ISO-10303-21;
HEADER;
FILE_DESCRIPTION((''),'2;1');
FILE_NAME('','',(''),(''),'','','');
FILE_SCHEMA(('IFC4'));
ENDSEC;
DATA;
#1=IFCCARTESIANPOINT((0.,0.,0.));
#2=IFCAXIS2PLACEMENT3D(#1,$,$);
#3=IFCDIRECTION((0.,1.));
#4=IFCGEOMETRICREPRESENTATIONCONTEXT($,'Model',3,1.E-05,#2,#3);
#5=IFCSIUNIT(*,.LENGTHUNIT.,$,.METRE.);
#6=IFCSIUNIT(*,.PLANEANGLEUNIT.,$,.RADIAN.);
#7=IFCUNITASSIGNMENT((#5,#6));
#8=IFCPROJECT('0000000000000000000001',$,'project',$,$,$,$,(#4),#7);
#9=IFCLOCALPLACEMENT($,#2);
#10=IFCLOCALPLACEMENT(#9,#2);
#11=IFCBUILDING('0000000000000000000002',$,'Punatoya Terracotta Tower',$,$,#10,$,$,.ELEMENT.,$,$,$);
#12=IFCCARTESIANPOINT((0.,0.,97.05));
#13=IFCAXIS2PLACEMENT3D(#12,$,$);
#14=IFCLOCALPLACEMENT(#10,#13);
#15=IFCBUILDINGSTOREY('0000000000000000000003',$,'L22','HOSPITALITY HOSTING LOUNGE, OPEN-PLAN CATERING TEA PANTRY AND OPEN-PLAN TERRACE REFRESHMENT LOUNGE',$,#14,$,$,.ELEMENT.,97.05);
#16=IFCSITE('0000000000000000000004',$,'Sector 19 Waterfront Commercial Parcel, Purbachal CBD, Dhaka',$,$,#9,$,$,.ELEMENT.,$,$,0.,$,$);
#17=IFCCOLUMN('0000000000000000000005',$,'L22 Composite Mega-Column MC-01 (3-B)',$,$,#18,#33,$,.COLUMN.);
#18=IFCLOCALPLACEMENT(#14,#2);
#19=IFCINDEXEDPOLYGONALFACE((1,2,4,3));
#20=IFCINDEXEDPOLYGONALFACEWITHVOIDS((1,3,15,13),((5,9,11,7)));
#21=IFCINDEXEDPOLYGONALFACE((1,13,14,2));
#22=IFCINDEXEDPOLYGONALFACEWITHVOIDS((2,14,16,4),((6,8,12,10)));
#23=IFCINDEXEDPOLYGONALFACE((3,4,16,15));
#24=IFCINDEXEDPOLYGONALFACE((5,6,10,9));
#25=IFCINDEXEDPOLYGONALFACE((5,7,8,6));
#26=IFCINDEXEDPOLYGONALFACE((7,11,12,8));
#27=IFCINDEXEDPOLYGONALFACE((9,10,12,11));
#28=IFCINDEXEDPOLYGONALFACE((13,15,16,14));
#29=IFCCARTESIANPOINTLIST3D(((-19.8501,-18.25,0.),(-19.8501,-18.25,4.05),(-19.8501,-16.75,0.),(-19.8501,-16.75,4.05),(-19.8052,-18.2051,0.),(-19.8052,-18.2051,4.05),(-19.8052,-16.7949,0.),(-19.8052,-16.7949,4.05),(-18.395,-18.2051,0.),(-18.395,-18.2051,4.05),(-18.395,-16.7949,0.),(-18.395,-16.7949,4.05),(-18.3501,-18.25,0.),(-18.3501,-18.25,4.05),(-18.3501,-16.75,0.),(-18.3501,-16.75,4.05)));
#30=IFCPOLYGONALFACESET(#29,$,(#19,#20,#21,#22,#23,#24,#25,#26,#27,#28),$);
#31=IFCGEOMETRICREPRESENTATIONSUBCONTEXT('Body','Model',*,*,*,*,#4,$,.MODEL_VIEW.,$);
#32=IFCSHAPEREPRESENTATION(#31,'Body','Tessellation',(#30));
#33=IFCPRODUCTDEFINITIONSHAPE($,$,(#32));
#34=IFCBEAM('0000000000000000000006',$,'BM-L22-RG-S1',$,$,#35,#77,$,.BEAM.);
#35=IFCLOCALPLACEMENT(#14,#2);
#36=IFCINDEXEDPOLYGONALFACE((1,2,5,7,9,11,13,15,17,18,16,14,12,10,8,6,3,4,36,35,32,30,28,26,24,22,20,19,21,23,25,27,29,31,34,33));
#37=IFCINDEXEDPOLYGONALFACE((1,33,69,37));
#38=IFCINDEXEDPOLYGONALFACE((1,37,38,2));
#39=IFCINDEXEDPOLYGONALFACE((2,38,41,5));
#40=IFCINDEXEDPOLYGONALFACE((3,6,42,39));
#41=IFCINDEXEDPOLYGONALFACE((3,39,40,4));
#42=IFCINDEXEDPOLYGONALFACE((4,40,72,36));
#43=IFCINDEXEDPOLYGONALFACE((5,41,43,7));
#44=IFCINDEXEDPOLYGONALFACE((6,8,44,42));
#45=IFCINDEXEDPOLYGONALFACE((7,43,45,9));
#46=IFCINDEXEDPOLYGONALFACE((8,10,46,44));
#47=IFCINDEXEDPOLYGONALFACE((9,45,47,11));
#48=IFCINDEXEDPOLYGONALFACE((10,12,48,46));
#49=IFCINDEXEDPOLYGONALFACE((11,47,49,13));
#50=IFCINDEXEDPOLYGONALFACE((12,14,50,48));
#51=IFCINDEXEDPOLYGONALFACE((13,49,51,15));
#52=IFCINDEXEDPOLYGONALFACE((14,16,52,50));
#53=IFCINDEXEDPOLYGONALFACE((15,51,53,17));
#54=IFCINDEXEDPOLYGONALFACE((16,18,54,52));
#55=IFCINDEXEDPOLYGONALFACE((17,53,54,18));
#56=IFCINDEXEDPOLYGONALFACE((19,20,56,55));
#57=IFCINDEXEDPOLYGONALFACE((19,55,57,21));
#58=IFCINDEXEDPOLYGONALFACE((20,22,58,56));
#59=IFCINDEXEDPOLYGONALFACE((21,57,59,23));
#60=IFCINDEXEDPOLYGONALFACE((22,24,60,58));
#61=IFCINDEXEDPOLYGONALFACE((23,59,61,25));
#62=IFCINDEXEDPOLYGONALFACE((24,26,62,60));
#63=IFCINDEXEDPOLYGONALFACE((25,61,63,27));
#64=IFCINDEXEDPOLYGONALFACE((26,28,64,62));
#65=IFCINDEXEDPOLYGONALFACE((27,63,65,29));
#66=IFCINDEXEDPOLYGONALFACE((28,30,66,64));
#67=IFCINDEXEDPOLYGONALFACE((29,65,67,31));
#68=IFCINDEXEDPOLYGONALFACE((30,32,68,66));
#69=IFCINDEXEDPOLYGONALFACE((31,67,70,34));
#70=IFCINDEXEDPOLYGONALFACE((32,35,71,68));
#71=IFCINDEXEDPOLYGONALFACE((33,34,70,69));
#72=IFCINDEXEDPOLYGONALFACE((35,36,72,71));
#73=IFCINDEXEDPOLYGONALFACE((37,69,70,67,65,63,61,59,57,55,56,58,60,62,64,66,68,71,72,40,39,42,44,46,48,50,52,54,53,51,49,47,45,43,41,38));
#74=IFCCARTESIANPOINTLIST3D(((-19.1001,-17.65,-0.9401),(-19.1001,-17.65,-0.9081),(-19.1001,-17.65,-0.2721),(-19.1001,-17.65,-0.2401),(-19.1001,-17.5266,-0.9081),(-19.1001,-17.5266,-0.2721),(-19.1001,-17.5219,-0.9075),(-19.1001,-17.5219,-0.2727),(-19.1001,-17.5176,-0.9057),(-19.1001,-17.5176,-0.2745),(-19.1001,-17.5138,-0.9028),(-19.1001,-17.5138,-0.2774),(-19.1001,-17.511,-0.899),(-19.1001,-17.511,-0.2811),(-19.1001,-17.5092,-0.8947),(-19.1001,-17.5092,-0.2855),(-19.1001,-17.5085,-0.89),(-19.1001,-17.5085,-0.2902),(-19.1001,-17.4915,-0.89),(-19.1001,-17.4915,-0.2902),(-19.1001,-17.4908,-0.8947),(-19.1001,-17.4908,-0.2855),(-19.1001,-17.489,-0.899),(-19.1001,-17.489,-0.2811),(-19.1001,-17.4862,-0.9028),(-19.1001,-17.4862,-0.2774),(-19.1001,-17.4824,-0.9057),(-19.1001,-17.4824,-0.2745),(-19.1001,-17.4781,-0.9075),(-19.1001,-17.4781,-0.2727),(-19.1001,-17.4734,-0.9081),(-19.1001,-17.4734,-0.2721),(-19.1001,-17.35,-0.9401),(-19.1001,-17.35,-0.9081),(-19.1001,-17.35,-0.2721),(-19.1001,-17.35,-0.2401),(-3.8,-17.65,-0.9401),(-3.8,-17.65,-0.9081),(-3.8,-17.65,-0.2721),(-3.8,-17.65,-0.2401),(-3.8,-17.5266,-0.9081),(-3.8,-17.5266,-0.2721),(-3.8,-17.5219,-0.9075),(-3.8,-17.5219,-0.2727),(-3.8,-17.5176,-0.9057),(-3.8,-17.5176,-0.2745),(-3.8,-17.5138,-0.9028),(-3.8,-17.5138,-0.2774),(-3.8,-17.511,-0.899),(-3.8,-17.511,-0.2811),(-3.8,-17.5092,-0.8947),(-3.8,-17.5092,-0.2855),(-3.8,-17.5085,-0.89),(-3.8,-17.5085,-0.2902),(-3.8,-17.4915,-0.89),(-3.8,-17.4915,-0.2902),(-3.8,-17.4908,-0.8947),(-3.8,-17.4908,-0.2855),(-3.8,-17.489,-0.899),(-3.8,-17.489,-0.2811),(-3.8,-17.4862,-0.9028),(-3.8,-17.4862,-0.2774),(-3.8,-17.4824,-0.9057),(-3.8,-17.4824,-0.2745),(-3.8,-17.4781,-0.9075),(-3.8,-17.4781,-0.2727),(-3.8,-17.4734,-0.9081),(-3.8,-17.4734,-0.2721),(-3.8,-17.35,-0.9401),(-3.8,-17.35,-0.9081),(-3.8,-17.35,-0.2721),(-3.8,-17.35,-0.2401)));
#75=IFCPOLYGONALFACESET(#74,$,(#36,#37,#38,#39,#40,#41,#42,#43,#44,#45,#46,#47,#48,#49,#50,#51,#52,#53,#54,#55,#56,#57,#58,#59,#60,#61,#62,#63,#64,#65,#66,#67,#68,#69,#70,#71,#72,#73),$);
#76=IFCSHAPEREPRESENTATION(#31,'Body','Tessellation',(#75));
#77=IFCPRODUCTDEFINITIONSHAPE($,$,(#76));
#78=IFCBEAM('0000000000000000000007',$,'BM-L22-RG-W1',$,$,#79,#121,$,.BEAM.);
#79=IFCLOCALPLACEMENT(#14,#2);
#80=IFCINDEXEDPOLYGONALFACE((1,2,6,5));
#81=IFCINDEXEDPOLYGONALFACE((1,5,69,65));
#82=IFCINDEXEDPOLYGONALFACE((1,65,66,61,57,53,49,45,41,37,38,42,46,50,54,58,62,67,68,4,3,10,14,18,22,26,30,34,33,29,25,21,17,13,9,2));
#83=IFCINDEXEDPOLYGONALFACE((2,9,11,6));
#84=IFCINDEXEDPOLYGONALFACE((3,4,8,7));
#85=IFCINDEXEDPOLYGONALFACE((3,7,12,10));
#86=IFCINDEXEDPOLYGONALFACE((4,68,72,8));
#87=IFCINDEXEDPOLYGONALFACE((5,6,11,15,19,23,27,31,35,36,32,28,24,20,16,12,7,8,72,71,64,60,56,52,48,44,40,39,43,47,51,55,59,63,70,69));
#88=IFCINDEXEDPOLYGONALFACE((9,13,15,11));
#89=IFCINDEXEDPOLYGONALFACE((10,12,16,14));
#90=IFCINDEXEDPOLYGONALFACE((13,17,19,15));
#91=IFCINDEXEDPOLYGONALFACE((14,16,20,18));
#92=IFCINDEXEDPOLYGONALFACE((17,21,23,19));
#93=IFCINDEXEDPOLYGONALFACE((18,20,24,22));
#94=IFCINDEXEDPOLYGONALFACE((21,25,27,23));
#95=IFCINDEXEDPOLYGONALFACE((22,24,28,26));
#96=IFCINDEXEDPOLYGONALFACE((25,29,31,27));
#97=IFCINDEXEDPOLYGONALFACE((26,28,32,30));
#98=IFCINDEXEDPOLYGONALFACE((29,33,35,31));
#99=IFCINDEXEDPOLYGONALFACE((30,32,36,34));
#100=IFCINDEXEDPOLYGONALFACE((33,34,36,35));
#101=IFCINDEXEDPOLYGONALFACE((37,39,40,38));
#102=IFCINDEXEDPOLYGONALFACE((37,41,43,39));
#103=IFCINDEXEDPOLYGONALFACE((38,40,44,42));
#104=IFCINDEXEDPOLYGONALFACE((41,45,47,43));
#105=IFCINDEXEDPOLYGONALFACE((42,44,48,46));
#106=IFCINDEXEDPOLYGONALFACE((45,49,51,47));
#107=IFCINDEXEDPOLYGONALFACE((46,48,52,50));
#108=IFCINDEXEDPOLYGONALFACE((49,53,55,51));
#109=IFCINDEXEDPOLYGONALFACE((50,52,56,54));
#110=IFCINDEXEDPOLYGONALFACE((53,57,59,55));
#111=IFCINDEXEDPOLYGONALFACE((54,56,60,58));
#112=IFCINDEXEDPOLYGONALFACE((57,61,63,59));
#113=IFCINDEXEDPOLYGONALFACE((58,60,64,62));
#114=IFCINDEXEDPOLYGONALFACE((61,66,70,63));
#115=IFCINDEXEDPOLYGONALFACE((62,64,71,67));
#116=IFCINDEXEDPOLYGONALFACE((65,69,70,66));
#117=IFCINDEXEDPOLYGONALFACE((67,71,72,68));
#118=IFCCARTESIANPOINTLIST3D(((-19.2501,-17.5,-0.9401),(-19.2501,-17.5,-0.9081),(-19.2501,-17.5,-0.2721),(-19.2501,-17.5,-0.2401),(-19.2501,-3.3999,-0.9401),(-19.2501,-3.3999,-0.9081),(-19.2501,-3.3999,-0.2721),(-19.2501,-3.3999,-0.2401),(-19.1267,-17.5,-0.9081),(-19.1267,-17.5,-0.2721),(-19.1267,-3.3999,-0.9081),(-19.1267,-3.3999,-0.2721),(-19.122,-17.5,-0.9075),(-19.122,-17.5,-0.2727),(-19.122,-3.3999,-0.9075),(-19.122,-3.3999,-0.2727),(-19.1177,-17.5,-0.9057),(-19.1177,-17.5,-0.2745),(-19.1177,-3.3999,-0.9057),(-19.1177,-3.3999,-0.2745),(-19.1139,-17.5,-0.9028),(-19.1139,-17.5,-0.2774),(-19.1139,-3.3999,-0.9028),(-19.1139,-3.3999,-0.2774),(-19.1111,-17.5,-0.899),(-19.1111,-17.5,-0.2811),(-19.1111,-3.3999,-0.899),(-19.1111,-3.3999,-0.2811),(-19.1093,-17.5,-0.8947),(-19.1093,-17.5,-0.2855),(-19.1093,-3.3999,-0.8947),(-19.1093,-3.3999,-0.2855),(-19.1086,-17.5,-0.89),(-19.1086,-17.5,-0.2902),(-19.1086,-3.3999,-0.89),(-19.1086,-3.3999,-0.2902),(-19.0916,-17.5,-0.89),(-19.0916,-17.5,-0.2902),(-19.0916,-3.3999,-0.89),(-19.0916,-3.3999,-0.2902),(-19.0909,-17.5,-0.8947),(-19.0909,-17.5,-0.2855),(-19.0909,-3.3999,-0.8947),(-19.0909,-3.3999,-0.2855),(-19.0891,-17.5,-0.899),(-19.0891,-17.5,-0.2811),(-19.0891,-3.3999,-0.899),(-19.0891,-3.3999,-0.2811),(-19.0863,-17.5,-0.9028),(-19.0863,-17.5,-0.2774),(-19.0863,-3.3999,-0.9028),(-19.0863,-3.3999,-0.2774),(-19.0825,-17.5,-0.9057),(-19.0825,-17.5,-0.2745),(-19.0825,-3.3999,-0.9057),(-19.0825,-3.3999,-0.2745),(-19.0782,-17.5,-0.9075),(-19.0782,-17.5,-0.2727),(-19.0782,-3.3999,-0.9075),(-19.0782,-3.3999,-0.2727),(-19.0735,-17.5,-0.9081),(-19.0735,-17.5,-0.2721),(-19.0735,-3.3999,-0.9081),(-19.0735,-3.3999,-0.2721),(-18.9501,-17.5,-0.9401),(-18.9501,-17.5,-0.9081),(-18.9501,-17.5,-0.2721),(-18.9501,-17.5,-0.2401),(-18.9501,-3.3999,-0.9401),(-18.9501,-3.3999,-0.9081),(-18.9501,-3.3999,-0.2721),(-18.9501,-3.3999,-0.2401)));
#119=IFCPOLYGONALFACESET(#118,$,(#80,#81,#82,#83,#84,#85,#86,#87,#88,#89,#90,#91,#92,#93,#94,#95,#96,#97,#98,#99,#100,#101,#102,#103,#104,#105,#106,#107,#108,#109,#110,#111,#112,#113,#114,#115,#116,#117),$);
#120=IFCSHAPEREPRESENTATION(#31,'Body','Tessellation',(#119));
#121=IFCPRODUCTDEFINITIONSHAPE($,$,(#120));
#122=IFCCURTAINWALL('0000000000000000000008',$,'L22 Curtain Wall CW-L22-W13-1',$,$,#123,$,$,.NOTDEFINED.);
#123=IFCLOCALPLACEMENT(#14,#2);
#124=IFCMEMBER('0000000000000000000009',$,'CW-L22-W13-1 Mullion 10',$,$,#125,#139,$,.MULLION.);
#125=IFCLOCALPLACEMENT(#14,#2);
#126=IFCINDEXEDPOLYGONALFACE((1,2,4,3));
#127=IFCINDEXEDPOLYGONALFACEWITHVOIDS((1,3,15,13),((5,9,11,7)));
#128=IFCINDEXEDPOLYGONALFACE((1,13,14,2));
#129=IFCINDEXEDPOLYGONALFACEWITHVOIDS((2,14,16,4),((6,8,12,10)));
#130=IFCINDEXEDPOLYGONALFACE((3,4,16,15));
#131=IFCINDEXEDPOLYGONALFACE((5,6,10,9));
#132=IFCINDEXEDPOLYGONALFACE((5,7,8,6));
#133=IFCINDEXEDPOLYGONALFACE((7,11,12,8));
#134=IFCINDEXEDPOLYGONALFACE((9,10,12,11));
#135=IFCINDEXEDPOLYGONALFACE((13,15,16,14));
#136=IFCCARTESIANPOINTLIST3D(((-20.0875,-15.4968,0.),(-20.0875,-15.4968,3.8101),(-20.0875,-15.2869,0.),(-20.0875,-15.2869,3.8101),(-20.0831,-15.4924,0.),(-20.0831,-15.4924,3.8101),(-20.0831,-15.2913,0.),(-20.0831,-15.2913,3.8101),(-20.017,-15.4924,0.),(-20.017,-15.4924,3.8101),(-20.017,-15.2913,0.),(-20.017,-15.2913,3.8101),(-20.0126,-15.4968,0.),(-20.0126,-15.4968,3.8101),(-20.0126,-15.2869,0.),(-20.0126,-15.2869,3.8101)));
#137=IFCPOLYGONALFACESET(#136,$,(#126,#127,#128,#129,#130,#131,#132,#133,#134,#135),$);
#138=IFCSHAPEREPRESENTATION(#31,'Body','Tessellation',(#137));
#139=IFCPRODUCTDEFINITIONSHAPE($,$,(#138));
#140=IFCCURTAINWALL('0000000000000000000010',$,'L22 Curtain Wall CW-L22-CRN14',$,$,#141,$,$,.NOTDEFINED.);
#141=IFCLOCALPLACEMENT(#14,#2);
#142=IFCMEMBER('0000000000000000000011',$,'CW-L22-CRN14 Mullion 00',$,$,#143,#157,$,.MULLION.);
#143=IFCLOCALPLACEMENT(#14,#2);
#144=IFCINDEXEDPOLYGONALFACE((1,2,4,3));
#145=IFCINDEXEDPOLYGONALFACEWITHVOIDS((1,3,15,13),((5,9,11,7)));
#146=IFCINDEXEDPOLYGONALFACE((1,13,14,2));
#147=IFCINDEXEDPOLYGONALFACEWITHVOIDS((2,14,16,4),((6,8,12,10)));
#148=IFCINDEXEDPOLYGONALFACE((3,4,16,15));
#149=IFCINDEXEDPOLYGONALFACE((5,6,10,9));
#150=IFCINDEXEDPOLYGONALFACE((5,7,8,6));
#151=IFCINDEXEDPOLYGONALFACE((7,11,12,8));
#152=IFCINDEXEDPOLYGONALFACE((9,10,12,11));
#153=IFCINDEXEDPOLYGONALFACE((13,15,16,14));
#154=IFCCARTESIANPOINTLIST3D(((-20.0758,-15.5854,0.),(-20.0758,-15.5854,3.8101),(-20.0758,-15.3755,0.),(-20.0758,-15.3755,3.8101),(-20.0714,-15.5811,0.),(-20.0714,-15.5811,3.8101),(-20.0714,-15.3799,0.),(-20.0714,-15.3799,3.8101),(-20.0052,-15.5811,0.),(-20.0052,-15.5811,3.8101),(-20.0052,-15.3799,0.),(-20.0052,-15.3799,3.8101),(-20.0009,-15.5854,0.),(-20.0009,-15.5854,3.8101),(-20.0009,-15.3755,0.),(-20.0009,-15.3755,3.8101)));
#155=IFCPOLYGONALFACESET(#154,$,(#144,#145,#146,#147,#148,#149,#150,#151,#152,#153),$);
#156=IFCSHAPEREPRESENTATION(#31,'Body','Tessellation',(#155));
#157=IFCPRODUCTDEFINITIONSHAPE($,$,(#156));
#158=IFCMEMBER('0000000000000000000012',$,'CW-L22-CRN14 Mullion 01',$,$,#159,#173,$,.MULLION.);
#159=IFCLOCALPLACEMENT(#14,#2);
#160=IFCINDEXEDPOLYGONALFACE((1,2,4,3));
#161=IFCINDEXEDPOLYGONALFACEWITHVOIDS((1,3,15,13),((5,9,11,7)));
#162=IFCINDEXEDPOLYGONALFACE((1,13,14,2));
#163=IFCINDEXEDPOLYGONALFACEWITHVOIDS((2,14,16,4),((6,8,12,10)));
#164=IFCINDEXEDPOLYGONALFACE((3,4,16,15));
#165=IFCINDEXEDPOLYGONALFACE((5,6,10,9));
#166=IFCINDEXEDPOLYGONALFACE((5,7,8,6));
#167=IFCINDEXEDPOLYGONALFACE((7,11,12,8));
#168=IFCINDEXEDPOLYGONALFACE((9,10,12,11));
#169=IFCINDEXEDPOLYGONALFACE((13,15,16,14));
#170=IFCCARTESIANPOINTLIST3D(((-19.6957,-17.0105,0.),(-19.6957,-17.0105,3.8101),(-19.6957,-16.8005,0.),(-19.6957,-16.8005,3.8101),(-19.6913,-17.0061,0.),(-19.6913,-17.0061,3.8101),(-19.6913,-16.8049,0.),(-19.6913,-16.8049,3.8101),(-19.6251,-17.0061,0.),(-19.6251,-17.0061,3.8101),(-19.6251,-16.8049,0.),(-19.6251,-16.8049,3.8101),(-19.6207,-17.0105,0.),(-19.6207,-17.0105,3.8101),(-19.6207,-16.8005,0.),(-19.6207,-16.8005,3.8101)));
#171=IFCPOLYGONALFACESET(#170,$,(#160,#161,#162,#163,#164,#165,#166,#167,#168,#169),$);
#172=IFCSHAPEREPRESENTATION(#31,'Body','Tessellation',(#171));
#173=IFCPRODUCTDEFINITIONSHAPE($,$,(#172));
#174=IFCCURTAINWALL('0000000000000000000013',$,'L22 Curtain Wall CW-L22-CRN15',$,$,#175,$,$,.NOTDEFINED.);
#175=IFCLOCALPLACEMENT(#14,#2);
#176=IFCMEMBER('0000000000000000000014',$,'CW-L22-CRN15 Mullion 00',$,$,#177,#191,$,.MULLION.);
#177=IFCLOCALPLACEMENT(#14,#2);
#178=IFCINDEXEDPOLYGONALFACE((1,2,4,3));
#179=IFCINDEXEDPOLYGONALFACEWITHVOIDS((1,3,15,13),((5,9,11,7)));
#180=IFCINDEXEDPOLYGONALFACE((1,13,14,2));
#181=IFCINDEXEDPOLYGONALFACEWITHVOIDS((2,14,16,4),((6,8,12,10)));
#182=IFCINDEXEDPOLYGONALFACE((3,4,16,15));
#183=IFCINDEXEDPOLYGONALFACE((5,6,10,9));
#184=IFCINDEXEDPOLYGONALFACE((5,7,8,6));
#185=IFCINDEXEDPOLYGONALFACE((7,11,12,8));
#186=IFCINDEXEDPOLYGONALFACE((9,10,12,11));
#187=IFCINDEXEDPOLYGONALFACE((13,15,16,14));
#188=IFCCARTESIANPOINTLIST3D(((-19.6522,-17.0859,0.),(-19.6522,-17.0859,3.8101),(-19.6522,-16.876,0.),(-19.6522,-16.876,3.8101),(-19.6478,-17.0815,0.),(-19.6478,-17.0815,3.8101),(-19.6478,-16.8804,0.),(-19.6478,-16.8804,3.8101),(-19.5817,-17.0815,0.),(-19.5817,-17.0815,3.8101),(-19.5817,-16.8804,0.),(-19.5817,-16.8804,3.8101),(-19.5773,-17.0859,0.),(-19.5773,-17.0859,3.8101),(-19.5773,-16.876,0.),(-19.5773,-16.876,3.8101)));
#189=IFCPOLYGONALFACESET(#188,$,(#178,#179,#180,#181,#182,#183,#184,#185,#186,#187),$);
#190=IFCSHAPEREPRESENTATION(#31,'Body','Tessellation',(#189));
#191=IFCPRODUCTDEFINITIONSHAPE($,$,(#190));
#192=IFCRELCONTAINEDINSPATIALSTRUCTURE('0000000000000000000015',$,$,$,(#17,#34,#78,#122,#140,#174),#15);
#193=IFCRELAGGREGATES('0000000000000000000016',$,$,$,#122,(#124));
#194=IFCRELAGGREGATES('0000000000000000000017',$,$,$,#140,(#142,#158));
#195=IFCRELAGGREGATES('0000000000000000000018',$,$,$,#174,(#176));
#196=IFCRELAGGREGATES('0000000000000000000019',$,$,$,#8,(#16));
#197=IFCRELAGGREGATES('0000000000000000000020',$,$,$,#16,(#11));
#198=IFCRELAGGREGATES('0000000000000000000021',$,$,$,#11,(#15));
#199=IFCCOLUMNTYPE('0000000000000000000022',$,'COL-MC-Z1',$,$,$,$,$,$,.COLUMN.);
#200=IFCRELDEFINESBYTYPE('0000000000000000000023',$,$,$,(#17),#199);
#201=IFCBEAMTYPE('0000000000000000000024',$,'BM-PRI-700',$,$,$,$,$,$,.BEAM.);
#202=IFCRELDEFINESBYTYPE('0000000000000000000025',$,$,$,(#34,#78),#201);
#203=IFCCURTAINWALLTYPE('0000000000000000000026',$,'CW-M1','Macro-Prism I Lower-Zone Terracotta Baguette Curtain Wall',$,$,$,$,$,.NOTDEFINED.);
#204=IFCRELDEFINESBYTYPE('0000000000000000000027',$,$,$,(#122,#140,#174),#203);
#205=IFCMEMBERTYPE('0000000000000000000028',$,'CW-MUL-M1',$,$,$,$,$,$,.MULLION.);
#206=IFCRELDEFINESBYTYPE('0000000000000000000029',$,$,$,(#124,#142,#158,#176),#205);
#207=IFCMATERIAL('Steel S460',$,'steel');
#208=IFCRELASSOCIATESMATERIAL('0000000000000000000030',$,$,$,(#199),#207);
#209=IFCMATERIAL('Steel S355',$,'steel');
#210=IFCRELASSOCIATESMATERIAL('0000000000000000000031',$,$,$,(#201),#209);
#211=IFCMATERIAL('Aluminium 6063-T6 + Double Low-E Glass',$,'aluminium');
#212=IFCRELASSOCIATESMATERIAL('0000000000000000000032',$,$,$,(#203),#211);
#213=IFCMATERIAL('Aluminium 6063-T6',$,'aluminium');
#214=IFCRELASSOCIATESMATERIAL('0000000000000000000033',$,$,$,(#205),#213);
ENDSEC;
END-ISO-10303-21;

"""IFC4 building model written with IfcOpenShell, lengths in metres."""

from ifc_helpers import new_model, si_unit, direction, frame, origin, origin_2d, place, context, subcontext, project, spatial, hollow_rectangle, i_section, extrude, material, material_profile, profile_set, type_object, element, aggregate, save


model = new_model("IFC4")

# Units and contexts
model_context = context("Model", 3, precision=1e-05, world=origin(), true_north=direction((0.0, 1.0)))
body_context = subcontext(model_context, "Body", "Model", "MODEL_VIEW")
ifc_project = project(units=[si_unit("LENGTHUNIT", "METRE"), si_unit("PLANEANGLEUNIT", "RADIAN")], contexts=[model_context])

# Site, building, storey
site_placement = place(None, origin())
site = spatial("IfcSite", under=ifc_project, at=site_placement, Name="Sector 19 Waterfront Commercial Parcel, Purbachal CBD, Dhaka", CompositionType="ELEMENT", RefElevation=0.0)
building_placement = place(site_placement, origin())
building = spatial("IfcBuilding", under=site, at=building_placement, Name="Punatoya Terracotta Tower", CompositionType="ELEMENT")
storey_placement = place(building_placement, frame((0.0, 0.0, 97.05)))
storey = spatial("IfcBuildingStorey", under=building, at=storey_placement, Name="L22", Description="HOSPITALITY HOSTING LOUNGE, OPEN-PLAN CATERING TEA PANTRY AND OPEN-PLAN TERRACE REFRESHMENT LOUNGE", CompositionType="ELEMENT", Elevation=97.05)

# Column
ifc_material_1 = material(Name="Steel S460", Category="steel")
ifc_material_profile_1 = material_profile(ifc_material_1, hollow_rectangle(XDim=1.5, YDim=1.5, WallThickness=0.0449, at=origin_2d()))
ifc_profile_set_1 = profile_set([ifc_material_profile_1], Name="Steel S460")
column_type = type_object("IfcColumnType", Name="COL-MC-Z1", PredefinedType="COLUMN", material=ifc_profile_set_1)
column_placement = place(storey_placement, frame((-19.1001, -17.5, 0.0), z_axis=(0.0, 0.0, 1.0), x_axis=(1.0, 0.0, 0.0)))
element("IfcColumn", 1, at=column_placement, inside=storey, type_object=column_type, Name="L22 Composite Mega-Column MC-01 (3-B)", PredefinedType="COLUMN", context=body_context, shape_type="SweptSolid", body=[
    extrude(hollow_rectangle(XDim=1.5, YDim=1.5, WallThickness=0.0449, at=origin_2d()), origin(), (0.0, 0.0, 1.0), 4.05),
])

# Beams
ifc_material_2 = material(Name="Steel S355", Category="steel")
ifc_material_profile_2 = material_profile(ifc_material_2, i_section(OverallWidth=0.3, OverallDepth=0.7, WebThickness=0.0171, FlangeThickness=0.032, FilletRadius=0.0181, at=origin_2d()))
ifc_profile_set_2 = profile_set([ifc_material_profile_2], Name="Steel S355")
beam_type = type_object("IfcBeamType", Name="BM-PRI-700", PredefinedType="BEAM", material=ifc_profile_set_2)
beam_1_placement = place(storey_placement, frame((-19.1001, -17.5, -0.5901), z_axis=(1.0, 0.0, 0.0), x_axis=(0.0, 1.0, 0.0)))
element("IfcBeam", 2, at=beam_1_placement, inside=storey, type_object=beam_type, Name="BM-L22-RG-S1", PredefinedType="BEAM", context=body_context, shape_type="SweptSolid", body=[
    extrude(i_section(OverallWidth=0.3, OverallDepth=0.7, WebThickness=0.0171, FlangeThickness=0.032, FilletRadius=0.0181, at=origin_2d()), origin(), (0.0, 0.0, 1.0), 15.3),
])
beam_2_placement = place(storey_placement, frame((-19.1001, -17.5, -0.5901), z_axis=(0.0, 1.0, 0.0), x_axis=(-1.0, 0.0, 0.0)))
element("IfcBeam", 3, at=beam_2_placement, inside=storey, type_object=beam_type, Name="BM-L22-RG-W1", PredefinedType="BEAM", context=body_context, shape_type="SweptSolid", body=[
    extrude(i_section(OverallWidth=0.3, OverallDepth=0.7, WebThickness=0.0171, FlangeThickness=0.032, FilletRadius=0.0181, at=origin_2d()), origin(), (0.0, 0.0, 1.0), 14.1001),
])

# Curtain wall, member
ifc_material_3 = material(Name="Aluminium 6063-T6 + Double Low-E Glass", Category="aluminium")
curtain_wall_type = type_object("IfcCurtainWallType", Name="CW-M1", Description="Macro-Prism I Lower-Zone Terracotta Baguette Curtain Wall", PredefinedType="NOTDEFINED", material=ifc_material_3)
curtain_wall_1_placement = place(storey_placement, origin())
curtain_wall_1 = element("IfcCurtainWall", 4, at=curtain_wall_1_placement, inside=storey, type_object=curtain_wall_type, Name="L22 Curtain Wall CW-L22-W13-1", PredefinedType="NOTDEFINED")
ifc_material_4 = material(Name="Aluminium 6063-T6", Category="aluminium")
ifc_material_profile_3 = material_profile(ifc_material_4, hollow_rectangle(XDim=0.075, YDim=0.21, WallThickness=0.0044, at=origin_2d()))
ifc_profile_set_3 = profile_set([ifc_material_profile_3], Name="Aluminium 6063-T6")
member_type_1 = type_object("IfcMemberType", Name="CW-MUL-M1", PredefinedType="MULLION", material=ifc_profile_set_3)
member_1_placement = place(storey_placement, frame((-20.05, -15.3918, 0.0), z_axis=(0.0, 0.0, 1.0), x_axis=(1.0, 0.0, 0.0)))
member_1 = element("IfcMember", 5, at=member_1_placement, type_object=member_type_1, Name="CW-L22-W13-1 Mullion 10", PredefinedType="MULLION", context=body_context, shape_type="SweptSolid", body=[
    extrude(hollow_rectangle(XDim=0.075, YDim=0.21, WallThickness=0.0044, at=origin_2d()), origin(), (0.0, 0.0, 1.0), 3.8101),
])

# Curtain walls, members
curtain_wall_2_placement = place(storey_placement, origin())
curtain_wall_2 = element("IfcCurtainWall", 6, at=curtain_wall_2_placement, inside=storey, type_object=curtain_wall_type, Name="L22 Curtain Wall CW-L22-CRN14", PredefinedType="NOTDEFINED")
member_2_placement = place(storey_placement, frame((-20.0383, -15.4805, 0.0), z_axis=(0.0, 0.0, 1.0), x_axis=(1.0, 0.0, 0.0)))
member_2 = element("IfcMember", 7, at=member_2_placement, type_object=member_type_1, Name="CW-L22-CRN14 Mullion 00", PredefinedType="MULLION", context=body_context, shape_type="SweptSolid", body=[
    extrude(hollow_rectangle(XDim=0.075, YDim=0.21, WallThickness=0.0044, at=origin_2d()), origin(), (0.0, 0.0, 1.0), 3.8101),
])
member_3_placement = place(storey_placement, frame((-19.6582, -16.9055, 0.0), z_axis=(0.0, 0.0, 1.0), x_axis=(1.0, 0.0, 0.0)))
member_3 = element("IfcMember", 8, at=member_3_placement, type_object=member_type_1, Name="CW-L22-CRN14 Mullion 01", PredefinedType="MULLION", context=body_context, shape_type="SweptSolid", body=[
    extrude(hollow_rectangle(XDim=0.075, YDim=0.21, WallThickness=0.0044, at=origin_2d()), origin(), (0.0, 0.0, 1.0), 3.8101),
])
curtain_wall_3_placement = place(storey_placement, origin())
curtain_wall_3 = element("IfcCurtainWall", 9, at=curtain_wall_3_placement, inside=storey, type_object=curtain_wall_type, Name="L22 Curtain Wall CW-L22-CRN15", PredefinedType="NOTDEFINED")
member_4_placement = place(storey_placement, frame((-19.6147, -16.981, 0.0), z_axis=(0.0, 0.0, 1.0), x_axis=(1.0, 0.0, 0.0)))
member_4 = element("IfcMember", 10, at=member_4_placement, type_object=member_type_1, Name="CW-L22-CRN15 Mullion 00", PredefinedType="MULLION", context=body_context, shape_type="SweptSolid", body=[
    extrude(hollow_rectangle(XDim=0.075, YDim=0.21, WallThickness=0.0044, at=origin_2d()), origin(), (0.0, 0.0, 1.0), 3.8101),
])

aggregate(curtain_wall_1, [member_1])
aggregate(curtain_wall_2, [member_2, member_3])
aggregate(curtain_wall_3, [member_4])

save(model, "model.ifc")
